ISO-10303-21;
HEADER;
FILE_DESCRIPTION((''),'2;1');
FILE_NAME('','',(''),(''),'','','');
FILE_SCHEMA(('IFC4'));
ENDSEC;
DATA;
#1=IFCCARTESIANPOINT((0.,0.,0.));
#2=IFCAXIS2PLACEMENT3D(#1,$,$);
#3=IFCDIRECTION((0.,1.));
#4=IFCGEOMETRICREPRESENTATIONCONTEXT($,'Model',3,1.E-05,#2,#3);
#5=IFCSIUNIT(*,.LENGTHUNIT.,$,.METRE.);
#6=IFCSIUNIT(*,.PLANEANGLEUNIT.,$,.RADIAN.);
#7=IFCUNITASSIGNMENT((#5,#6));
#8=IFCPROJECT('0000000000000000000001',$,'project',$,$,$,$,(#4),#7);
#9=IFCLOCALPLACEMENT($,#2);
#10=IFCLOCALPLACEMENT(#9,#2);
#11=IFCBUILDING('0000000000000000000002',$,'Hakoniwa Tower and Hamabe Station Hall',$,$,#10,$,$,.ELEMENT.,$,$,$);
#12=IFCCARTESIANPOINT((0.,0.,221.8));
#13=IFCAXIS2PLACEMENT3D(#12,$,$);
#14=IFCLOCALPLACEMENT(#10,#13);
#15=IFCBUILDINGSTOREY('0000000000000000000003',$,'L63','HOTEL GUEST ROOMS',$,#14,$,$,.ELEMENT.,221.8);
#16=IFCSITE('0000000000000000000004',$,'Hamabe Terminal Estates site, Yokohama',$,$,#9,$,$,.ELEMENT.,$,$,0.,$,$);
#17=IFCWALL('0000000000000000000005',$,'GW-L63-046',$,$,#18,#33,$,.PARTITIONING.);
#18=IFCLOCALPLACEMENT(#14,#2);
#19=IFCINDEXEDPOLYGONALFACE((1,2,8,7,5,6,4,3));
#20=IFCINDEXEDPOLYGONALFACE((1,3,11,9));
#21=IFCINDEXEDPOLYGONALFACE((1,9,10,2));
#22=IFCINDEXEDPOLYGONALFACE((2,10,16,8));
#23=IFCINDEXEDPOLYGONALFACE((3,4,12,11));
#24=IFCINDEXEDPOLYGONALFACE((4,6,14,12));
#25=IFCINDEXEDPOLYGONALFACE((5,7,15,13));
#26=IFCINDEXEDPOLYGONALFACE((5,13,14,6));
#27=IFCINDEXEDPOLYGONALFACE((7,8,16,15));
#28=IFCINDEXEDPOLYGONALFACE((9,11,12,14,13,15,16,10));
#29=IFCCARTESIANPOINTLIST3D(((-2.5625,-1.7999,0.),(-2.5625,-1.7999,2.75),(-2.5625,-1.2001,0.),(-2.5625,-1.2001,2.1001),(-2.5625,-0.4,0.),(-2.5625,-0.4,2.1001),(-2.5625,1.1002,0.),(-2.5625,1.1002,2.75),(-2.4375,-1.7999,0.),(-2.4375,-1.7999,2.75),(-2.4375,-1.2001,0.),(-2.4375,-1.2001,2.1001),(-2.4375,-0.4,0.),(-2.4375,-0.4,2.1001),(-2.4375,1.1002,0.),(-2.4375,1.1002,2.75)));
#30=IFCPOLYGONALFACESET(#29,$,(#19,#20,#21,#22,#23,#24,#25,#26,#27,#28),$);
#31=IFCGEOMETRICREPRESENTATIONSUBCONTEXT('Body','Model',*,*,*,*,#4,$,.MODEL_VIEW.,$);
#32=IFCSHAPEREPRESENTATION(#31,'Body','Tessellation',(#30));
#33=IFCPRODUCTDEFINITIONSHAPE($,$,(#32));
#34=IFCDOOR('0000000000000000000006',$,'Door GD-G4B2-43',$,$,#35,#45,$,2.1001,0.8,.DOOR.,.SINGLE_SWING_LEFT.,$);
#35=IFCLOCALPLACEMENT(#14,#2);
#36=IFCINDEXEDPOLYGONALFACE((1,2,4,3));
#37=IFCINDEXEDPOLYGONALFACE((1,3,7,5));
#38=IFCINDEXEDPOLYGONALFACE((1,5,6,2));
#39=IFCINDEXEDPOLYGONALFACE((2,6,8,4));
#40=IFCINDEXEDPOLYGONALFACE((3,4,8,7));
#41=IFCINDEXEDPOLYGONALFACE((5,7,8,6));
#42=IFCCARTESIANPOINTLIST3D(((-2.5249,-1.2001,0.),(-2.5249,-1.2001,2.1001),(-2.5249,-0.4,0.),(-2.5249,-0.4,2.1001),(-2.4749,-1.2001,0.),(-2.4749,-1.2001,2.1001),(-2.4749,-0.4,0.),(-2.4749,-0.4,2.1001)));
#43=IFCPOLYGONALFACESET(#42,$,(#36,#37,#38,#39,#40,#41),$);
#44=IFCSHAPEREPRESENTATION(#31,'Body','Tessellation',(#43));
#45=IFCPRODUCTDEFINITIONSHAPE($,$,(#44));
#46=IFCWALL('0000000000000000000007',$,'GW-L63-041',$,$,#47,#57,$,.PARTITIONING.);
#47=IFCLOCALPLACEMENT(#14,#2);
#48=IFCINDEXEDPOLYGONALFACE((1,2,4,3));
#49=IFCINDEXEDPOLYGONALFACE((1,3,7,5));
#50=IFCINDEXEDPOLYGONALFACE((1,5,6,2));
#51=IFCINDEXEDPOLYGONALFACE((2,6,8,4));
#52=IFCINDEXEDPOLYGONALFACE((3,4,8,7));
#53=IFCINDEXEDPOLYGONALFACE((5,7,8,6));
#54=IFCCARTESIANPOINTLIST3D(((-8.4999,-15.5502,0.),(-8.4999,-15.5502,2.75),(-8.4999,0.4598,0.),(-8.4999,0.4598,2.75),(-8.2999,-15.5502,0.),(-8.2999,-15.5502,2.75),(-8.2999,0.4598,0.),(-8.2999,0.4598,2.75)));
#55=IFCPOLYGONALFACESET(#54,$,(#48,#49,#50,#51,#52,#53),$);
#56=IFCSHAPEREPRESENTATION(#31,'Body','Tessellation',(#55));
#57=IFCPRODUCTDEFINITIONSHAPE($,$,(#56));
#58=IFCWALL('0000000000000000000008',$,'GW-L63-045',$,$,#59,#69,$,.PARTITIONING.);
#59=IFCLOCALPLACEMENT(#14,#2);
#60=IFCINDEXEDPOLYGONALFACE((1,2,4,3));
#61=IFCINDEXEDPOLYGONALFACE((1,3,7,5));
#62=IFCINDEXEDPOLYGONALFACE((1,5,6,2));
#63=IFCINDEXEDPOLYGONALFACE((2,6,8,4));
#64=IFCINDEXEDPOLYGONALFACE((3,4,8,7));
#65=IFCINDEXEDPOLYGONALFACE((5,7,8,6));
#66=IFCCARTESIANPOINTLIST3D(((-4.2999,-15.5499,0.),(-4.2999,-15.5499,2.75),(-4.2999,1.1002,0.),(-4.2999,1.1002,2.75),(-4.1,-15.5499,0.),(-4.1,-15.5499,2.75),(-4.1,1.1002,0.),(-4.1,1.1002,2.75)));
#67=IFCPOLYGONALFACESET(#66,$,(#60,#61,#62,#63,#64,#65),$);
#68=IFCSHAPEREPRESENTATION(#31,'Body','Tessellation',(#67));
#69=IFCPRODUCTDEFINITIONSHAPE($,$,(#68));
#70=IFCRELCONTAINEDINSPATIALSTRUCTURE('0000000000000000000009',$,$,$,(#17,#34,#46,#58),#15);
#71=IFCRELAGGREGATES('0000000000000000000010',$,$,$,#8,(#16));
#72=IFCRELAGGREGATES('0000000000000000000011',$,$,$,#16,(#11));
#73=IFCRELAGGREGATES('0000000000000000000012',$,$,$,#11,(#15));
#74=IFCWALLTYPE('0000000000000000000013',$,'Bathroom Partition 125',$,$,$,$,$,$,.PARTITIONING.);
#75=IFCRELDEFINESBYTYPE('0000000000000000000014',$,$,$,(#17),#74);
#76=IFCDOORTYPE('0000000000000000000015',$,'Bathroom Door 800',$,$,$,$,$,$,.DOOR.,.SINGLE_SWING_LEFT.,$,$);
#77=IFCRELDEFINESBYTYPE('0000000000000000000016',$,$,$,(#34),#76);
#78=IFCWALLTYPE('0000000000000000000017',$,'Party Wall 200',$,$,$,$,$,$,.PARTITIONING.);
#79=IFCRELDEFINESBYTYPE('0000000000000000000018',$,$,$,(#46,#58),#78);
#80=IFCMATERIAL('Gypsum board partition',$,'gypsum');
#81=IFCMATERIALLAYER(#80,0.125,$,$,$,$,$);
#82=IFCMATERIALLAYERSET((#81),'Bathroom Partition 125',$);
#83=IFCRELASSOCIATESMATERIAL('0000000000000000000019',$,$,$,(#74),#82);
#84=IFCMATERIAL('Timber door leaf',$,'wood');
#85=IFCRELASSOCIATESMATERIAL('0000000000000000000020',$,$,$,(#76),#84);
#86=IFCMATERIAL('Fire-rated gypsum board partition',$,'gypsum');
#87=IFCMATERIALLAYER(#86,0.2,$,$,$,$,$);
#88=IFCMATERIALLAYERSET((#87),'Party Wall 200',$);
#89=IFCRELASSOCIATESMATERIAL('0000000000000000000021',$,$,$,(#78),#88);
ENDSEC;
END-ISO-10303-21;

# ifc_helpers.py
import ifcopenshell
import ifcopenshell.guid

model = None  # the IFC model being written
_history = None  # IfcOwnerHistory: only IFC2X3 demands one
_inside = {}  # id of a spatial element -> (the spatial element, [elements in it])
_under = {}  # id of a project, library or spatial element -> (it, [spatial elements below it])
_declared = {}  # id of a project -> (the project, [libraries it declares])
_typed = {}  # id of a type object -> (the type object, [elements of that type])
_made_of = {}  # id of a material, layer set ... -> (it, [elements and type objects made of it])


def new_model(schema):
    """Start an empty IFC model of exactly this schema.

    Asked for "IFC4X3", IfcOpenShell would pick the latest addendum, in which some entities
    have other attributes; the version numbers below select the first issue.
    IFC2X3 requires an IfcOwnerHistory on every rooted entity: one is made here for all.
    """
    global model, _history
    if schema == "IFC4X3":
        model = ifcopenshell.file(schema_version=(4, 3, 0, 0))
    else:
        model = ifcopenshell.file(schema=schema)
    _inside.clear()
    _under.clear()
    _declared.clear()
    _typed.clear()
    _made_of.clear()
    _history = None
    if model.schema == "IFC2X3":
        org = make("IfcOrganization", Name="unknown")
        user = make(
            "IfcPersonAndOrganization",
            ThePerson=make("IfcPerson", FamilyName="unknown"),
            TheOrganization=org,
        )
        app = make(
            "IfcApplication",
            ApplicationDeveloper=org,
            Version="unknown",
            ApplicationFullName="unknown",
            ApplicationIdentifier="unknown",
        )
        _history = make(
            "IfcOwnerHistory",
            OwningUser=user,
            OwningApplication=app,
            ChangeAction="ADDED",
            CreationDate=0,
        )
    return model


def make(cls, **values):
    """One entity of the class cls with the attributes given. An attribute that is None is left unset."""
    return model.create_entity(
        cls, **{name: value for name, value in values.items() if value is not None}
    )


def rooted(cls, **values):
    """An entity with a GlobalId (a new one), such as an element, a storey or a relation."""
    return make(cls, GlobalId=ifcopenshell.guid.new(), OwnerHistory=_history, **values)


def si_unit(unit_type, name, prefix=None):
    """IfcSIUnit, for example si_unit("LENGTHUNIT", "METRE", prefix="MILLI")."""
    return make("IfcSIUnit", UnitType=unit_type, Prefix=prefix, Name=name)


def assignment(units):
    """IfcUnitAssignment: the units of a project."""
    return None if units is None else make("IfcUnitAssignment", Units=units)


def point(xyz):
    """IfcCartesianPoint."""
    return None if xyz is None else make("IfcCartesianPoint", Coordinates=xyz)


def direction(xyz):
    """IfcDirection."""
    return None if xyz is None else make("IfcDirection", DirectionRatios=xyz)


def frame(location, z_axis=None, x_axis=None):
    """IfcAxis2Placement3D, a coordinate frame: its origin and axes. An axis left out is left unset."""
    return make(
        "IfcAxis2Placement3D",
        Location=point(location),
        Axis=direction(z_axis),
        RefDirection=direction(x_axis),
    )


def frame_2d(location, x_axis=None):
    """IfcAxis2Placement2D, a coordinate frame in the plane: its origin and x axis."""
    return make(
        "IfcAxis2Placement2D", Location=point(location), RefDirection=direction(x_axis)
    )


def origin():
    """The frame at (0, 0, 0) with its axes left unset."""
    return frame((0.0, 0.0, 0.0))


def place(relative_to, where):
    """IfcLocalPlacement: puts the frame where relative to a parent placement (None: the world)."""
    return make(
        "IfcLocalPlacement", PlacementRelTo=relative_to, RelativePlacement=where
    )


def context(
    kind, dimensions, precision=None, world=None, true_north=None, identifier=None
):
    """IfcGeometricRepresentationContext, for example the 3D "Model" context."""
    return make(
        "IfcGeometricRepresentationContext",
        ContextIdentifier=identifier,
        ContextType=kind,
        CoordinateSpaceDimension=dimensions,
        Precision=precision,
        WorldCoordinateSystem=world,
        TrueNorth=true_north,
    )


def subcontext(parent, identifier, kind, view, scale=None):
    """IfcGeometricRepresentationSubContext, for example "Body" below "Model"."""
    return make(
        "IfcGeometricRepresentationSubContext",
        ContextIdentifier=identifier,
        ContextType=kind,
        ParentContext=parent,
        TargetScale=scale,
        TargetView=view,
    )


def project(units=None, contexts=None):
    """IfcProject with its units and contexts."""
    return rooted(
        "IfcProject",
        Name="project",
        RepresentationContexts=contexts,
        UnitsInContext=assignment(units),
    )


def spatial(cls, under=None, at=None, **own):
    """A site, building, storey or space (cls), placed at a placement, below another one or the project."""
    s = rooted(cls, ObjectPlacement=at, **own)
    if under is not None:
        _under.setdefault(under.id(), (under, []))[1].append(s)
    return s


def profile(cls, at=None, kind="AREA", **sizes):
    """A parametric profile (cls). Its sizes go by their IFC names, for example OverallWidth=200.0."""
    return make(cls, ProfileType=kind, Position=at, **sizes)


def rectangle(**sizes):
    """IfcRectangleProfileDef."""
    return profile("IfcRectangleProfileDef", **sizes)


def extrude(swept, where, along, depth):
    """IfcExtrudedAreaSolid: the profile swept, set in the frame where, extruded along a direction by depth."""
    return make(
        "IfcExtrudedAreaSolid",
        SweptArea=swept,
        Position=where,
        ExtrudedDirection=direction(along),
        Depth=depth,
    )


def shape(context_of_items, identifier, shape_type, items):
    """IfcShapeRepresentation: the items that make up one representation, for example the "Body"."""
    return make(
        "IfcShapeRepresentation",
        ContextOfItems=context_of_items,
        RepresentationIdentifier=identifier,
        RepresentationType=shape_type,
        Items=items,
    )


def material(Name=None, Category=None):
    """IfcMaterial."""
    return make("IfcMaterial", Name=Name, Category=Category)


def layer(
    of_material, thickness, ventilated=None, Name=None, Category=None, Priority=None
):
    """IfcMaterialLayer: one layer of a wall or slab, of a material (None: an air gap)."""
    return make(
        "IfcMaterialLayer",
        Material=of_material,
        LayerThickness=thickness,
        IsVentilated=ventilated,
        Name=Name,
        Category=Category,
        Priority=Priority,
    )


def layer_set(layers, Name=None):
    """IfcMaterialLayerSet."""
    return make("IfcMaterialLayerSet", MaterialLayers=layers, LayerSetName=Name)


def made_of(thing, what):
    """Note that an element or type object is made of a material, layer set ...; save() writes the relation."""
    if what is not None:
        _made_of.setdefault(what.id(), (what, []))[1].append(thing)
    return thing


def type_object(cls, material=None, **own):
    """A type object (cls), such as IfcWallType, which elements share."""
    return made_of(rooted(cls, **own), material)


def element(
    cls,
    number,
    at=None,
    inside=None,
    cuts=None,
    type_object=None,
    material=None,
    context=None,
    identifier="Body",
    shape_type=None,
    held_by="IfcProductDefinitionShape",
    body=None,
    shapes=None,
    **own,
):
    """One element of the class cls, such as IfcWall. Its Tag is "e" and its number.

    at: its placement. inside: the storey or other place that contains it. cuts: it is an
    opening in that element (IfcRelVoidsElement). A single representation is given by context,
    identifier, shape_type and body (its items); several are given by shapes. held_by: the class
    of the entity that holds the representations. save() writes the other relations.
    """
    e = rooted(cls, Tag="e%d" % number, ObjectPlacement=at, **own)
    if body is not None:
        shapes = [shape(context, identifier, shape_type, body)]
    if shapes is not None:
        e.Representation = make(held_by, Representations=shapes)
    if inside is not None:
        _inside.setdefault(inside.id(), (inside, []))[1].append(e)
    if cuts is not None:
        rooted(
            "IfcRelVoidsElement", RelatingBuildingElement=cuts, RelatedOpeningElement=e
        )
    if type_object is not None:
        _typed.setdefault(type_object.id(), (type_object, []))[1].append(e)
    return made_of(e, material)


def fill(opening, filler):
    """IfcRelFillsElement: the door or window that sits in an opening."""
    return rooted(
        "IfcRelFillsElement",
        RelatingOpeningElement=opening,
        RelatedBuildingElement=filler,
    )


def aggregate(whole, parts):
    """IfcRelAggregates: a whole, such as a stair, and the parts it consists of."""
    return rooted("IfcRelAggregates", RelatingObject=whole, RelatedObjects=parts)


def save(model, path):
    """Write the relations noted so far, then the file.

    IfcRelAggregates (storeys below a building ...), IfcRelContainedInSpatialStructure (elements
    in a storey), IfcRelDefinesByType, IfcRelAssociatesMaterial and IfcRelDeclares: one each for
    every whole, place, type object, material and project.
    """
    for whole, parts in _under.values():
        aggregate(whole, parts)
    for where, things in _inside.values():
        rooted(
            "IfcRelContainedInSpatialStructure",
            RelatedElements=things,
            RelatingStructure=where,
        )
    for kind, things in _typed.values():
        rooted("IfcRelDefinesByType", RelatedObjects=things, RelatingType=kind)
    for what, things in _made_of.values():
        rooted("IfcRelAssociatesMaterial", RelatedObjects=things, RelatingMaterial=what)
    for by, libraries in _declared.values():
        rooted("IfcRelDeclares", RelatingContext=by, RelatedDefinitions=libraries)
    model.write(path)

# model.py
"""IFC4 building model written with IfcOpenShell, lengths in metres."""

from ifc_helpers import new_model, si_unit, direction, frame, frame_2d, origin, place, context, subcontext, project, spatial, rectangle, extrude, material, layer, layer_set, type_object, element, fill, save


model = new_model("IFC4")

# Units and contexts
model_context = context("Model", 3, precision=1e-05, world=origin(), true_north=direction((0.0, 1.0)))
body_context = subcontext(model_context, "Body", "Model", "MODEL_VIEW")
ifc_project = project(units=[si_unit("LENGTHUNIT", "METRE"), si_unit("PLANEANGLEUNIT", "RADIAN")], contexts=[model_context])

# Site, building, storey
site_placement = place(None, origin())
site = spatial("IfcSite", under=ifc_project, at=site_placement, Name="Hamabe Terminal Estates site, Yokohama", CompositionType="ELEMENT", RefElevation=0.0)
building_placement = place(site_placement, origin())
building = spatial("IfcBuilding", under=site, at=building_placement, Name="Hakoniwa Tower and Hamabe Station Hall", CompositionType="ELEMENT")
storey_placement = place(building_placement, frame((0.0, 0.0, 221.8)))
storey = spatial("IfcBuildingStorey", under=building, at=storey_placement, Name="L63", Description="HOTEL GUEST ROOMS", CompositionType="ELEMENT", Elevation=221.8)

# Shared definitions
ifc_material_1 = material(Name="Gypsum board partition", Category="gypsum")
ifc_layer_1 = layer(ifc_material_1, 0.125)
ifc_layer_set_1 = layer_set([ifc_layer_1], Name="Bathroom Partition 125")
wall_type_1 = type_object("IfcWallType", Name="Bathroom Partition 125", PredefinedType="PARTITIONING", material=ifc_layer_set_1)

# Wall, opening, door
ifc_material_2 = material(Name="Timber door leaf", Category="wood")
door_type = type_object("IfcDoorType", Name="Bathroom Door 800", OperationType="SINGLE_SWING_LEFT", PredefinedType="DOOR", material=ifc_material_2)
wall_1_placement = place(storey_placement, frame((-2.5, -1.8, 0.0), z_axis=(0.0, 0.0, 1.0), x_axis=(0.0, 1.0, 0.0)))
wall_1 = element("IfcWall", 1, at=wall_1_placement, inside=storey, type_object=wall_type_1, Name="GW-L63-046", PredefinedType="PARTITIONING", context=body_context, shape_type="SweptSolid", body=[
    extrude(rectangle(XDim=2.9001, YDim=0.125, at=frame_2d((1.4502, 0.0))), origin(), (0.0, 0.0, 1.0), 2.75),
])
opening_1_placement = place(wall_1_placement, frame((0.6001, 0.0, 0.0)))
opening_1 = element("IfcOpeningElement", 2, at=opening_1_placement, cuts=wall_1, PredefinedType="OPENING", context=body_context, shape_type="SweptSolid", body=[
    extrude(rectangle(XDim=0.8, YDim=2.1001, at=frame_2d((0.3999, 1.05))), frame((0.0, 0.0725, 0.0), z_axis=(0.0, -1.0, 0.0), x_axis=(1.0, 0.0, 0.0)), (0.0, 0.0, 1.0), 0.145),
])
door_1_placement = place(opening_1_placement, origin())
door_1 = element("IfcDoor", 3, at=door_1_placement, inside=storey, type_object=door_type, Name="Door GD-G4B2-43", OperationType="SINGLE_SWING_LEFT", OverallHeight=2.1001, OverallWidth=0.8, PredefinedType="DOOR", context=body_context, shape_type="SweptSolid", body=[
    extrude(rectangle(XDim=0.8, YDim=2.1001, at=frame_2d((0.3999, 1.05))), frame((0.0, 0.0249, 0.0), z_axis=(0.0, -1.0, 0.0), x_axis=(1.0, 0.0, 0.0)), (0.0, 0.0, 1.0), 0.05),
])
fill(opening_1, door_1)

# Walls
ifc_material_3 = material(Name="Fire-rated gypsum board partition", Category="gypsum")
ifc_layer_2 = layer(ifc_material_3, 0.2)
ifc_layer_set_2 = layer_set([ifc_layer_2], Name="Party Wall 200")
wall_type_2 = type_object("IfcWallType", Name="Party Wall 200", PredefinedType="PARTITIONING", material=ifc_layer_set_2)
wall_2_placement = place(storey_placement, frame((-8.3999, -15.55, 0.0), z_axis=(0.0, 0.0, 1.0), x_axis=(0.0, 1.0, 0.0)))
element("IfcWall", 4, at=wall_2_placement, inside=storey, type_object=wall_type_2, Name="GW-L63-041", PredefinedType="PARTITIONING", context=body_context, shape_type="SweptSolid", body=[
    extrude(rectangle(XDim=16.01, YDim=0.2, at=frame_2d((8.0049, 0.0))), origin(), (0.0, 0.0, 1.0), 2.75),
])
wall_3_placement = place(storey_placement, frame((-4.2, -15.55, 0.0), z_axis=(0.0, 0.0, 1.0), x_axis=(0.0, 1.0, 0.0)))
element("IfcWall", 5, at=wall_3_placement, inside=storey, type_object=wall_type_2, Name="GW-L63-045", PredefinedType="PARTITIONING", context=body_context, shape_type="SweptSolid", body=[
    extrude(rectangle(XDim=16.6501, YDim=0.2, at=frame_2d((8.3252, 0.0))), origin(), (0.0, 0.0, 1.0), 2.75),
])

save(model, "model.ifc")
